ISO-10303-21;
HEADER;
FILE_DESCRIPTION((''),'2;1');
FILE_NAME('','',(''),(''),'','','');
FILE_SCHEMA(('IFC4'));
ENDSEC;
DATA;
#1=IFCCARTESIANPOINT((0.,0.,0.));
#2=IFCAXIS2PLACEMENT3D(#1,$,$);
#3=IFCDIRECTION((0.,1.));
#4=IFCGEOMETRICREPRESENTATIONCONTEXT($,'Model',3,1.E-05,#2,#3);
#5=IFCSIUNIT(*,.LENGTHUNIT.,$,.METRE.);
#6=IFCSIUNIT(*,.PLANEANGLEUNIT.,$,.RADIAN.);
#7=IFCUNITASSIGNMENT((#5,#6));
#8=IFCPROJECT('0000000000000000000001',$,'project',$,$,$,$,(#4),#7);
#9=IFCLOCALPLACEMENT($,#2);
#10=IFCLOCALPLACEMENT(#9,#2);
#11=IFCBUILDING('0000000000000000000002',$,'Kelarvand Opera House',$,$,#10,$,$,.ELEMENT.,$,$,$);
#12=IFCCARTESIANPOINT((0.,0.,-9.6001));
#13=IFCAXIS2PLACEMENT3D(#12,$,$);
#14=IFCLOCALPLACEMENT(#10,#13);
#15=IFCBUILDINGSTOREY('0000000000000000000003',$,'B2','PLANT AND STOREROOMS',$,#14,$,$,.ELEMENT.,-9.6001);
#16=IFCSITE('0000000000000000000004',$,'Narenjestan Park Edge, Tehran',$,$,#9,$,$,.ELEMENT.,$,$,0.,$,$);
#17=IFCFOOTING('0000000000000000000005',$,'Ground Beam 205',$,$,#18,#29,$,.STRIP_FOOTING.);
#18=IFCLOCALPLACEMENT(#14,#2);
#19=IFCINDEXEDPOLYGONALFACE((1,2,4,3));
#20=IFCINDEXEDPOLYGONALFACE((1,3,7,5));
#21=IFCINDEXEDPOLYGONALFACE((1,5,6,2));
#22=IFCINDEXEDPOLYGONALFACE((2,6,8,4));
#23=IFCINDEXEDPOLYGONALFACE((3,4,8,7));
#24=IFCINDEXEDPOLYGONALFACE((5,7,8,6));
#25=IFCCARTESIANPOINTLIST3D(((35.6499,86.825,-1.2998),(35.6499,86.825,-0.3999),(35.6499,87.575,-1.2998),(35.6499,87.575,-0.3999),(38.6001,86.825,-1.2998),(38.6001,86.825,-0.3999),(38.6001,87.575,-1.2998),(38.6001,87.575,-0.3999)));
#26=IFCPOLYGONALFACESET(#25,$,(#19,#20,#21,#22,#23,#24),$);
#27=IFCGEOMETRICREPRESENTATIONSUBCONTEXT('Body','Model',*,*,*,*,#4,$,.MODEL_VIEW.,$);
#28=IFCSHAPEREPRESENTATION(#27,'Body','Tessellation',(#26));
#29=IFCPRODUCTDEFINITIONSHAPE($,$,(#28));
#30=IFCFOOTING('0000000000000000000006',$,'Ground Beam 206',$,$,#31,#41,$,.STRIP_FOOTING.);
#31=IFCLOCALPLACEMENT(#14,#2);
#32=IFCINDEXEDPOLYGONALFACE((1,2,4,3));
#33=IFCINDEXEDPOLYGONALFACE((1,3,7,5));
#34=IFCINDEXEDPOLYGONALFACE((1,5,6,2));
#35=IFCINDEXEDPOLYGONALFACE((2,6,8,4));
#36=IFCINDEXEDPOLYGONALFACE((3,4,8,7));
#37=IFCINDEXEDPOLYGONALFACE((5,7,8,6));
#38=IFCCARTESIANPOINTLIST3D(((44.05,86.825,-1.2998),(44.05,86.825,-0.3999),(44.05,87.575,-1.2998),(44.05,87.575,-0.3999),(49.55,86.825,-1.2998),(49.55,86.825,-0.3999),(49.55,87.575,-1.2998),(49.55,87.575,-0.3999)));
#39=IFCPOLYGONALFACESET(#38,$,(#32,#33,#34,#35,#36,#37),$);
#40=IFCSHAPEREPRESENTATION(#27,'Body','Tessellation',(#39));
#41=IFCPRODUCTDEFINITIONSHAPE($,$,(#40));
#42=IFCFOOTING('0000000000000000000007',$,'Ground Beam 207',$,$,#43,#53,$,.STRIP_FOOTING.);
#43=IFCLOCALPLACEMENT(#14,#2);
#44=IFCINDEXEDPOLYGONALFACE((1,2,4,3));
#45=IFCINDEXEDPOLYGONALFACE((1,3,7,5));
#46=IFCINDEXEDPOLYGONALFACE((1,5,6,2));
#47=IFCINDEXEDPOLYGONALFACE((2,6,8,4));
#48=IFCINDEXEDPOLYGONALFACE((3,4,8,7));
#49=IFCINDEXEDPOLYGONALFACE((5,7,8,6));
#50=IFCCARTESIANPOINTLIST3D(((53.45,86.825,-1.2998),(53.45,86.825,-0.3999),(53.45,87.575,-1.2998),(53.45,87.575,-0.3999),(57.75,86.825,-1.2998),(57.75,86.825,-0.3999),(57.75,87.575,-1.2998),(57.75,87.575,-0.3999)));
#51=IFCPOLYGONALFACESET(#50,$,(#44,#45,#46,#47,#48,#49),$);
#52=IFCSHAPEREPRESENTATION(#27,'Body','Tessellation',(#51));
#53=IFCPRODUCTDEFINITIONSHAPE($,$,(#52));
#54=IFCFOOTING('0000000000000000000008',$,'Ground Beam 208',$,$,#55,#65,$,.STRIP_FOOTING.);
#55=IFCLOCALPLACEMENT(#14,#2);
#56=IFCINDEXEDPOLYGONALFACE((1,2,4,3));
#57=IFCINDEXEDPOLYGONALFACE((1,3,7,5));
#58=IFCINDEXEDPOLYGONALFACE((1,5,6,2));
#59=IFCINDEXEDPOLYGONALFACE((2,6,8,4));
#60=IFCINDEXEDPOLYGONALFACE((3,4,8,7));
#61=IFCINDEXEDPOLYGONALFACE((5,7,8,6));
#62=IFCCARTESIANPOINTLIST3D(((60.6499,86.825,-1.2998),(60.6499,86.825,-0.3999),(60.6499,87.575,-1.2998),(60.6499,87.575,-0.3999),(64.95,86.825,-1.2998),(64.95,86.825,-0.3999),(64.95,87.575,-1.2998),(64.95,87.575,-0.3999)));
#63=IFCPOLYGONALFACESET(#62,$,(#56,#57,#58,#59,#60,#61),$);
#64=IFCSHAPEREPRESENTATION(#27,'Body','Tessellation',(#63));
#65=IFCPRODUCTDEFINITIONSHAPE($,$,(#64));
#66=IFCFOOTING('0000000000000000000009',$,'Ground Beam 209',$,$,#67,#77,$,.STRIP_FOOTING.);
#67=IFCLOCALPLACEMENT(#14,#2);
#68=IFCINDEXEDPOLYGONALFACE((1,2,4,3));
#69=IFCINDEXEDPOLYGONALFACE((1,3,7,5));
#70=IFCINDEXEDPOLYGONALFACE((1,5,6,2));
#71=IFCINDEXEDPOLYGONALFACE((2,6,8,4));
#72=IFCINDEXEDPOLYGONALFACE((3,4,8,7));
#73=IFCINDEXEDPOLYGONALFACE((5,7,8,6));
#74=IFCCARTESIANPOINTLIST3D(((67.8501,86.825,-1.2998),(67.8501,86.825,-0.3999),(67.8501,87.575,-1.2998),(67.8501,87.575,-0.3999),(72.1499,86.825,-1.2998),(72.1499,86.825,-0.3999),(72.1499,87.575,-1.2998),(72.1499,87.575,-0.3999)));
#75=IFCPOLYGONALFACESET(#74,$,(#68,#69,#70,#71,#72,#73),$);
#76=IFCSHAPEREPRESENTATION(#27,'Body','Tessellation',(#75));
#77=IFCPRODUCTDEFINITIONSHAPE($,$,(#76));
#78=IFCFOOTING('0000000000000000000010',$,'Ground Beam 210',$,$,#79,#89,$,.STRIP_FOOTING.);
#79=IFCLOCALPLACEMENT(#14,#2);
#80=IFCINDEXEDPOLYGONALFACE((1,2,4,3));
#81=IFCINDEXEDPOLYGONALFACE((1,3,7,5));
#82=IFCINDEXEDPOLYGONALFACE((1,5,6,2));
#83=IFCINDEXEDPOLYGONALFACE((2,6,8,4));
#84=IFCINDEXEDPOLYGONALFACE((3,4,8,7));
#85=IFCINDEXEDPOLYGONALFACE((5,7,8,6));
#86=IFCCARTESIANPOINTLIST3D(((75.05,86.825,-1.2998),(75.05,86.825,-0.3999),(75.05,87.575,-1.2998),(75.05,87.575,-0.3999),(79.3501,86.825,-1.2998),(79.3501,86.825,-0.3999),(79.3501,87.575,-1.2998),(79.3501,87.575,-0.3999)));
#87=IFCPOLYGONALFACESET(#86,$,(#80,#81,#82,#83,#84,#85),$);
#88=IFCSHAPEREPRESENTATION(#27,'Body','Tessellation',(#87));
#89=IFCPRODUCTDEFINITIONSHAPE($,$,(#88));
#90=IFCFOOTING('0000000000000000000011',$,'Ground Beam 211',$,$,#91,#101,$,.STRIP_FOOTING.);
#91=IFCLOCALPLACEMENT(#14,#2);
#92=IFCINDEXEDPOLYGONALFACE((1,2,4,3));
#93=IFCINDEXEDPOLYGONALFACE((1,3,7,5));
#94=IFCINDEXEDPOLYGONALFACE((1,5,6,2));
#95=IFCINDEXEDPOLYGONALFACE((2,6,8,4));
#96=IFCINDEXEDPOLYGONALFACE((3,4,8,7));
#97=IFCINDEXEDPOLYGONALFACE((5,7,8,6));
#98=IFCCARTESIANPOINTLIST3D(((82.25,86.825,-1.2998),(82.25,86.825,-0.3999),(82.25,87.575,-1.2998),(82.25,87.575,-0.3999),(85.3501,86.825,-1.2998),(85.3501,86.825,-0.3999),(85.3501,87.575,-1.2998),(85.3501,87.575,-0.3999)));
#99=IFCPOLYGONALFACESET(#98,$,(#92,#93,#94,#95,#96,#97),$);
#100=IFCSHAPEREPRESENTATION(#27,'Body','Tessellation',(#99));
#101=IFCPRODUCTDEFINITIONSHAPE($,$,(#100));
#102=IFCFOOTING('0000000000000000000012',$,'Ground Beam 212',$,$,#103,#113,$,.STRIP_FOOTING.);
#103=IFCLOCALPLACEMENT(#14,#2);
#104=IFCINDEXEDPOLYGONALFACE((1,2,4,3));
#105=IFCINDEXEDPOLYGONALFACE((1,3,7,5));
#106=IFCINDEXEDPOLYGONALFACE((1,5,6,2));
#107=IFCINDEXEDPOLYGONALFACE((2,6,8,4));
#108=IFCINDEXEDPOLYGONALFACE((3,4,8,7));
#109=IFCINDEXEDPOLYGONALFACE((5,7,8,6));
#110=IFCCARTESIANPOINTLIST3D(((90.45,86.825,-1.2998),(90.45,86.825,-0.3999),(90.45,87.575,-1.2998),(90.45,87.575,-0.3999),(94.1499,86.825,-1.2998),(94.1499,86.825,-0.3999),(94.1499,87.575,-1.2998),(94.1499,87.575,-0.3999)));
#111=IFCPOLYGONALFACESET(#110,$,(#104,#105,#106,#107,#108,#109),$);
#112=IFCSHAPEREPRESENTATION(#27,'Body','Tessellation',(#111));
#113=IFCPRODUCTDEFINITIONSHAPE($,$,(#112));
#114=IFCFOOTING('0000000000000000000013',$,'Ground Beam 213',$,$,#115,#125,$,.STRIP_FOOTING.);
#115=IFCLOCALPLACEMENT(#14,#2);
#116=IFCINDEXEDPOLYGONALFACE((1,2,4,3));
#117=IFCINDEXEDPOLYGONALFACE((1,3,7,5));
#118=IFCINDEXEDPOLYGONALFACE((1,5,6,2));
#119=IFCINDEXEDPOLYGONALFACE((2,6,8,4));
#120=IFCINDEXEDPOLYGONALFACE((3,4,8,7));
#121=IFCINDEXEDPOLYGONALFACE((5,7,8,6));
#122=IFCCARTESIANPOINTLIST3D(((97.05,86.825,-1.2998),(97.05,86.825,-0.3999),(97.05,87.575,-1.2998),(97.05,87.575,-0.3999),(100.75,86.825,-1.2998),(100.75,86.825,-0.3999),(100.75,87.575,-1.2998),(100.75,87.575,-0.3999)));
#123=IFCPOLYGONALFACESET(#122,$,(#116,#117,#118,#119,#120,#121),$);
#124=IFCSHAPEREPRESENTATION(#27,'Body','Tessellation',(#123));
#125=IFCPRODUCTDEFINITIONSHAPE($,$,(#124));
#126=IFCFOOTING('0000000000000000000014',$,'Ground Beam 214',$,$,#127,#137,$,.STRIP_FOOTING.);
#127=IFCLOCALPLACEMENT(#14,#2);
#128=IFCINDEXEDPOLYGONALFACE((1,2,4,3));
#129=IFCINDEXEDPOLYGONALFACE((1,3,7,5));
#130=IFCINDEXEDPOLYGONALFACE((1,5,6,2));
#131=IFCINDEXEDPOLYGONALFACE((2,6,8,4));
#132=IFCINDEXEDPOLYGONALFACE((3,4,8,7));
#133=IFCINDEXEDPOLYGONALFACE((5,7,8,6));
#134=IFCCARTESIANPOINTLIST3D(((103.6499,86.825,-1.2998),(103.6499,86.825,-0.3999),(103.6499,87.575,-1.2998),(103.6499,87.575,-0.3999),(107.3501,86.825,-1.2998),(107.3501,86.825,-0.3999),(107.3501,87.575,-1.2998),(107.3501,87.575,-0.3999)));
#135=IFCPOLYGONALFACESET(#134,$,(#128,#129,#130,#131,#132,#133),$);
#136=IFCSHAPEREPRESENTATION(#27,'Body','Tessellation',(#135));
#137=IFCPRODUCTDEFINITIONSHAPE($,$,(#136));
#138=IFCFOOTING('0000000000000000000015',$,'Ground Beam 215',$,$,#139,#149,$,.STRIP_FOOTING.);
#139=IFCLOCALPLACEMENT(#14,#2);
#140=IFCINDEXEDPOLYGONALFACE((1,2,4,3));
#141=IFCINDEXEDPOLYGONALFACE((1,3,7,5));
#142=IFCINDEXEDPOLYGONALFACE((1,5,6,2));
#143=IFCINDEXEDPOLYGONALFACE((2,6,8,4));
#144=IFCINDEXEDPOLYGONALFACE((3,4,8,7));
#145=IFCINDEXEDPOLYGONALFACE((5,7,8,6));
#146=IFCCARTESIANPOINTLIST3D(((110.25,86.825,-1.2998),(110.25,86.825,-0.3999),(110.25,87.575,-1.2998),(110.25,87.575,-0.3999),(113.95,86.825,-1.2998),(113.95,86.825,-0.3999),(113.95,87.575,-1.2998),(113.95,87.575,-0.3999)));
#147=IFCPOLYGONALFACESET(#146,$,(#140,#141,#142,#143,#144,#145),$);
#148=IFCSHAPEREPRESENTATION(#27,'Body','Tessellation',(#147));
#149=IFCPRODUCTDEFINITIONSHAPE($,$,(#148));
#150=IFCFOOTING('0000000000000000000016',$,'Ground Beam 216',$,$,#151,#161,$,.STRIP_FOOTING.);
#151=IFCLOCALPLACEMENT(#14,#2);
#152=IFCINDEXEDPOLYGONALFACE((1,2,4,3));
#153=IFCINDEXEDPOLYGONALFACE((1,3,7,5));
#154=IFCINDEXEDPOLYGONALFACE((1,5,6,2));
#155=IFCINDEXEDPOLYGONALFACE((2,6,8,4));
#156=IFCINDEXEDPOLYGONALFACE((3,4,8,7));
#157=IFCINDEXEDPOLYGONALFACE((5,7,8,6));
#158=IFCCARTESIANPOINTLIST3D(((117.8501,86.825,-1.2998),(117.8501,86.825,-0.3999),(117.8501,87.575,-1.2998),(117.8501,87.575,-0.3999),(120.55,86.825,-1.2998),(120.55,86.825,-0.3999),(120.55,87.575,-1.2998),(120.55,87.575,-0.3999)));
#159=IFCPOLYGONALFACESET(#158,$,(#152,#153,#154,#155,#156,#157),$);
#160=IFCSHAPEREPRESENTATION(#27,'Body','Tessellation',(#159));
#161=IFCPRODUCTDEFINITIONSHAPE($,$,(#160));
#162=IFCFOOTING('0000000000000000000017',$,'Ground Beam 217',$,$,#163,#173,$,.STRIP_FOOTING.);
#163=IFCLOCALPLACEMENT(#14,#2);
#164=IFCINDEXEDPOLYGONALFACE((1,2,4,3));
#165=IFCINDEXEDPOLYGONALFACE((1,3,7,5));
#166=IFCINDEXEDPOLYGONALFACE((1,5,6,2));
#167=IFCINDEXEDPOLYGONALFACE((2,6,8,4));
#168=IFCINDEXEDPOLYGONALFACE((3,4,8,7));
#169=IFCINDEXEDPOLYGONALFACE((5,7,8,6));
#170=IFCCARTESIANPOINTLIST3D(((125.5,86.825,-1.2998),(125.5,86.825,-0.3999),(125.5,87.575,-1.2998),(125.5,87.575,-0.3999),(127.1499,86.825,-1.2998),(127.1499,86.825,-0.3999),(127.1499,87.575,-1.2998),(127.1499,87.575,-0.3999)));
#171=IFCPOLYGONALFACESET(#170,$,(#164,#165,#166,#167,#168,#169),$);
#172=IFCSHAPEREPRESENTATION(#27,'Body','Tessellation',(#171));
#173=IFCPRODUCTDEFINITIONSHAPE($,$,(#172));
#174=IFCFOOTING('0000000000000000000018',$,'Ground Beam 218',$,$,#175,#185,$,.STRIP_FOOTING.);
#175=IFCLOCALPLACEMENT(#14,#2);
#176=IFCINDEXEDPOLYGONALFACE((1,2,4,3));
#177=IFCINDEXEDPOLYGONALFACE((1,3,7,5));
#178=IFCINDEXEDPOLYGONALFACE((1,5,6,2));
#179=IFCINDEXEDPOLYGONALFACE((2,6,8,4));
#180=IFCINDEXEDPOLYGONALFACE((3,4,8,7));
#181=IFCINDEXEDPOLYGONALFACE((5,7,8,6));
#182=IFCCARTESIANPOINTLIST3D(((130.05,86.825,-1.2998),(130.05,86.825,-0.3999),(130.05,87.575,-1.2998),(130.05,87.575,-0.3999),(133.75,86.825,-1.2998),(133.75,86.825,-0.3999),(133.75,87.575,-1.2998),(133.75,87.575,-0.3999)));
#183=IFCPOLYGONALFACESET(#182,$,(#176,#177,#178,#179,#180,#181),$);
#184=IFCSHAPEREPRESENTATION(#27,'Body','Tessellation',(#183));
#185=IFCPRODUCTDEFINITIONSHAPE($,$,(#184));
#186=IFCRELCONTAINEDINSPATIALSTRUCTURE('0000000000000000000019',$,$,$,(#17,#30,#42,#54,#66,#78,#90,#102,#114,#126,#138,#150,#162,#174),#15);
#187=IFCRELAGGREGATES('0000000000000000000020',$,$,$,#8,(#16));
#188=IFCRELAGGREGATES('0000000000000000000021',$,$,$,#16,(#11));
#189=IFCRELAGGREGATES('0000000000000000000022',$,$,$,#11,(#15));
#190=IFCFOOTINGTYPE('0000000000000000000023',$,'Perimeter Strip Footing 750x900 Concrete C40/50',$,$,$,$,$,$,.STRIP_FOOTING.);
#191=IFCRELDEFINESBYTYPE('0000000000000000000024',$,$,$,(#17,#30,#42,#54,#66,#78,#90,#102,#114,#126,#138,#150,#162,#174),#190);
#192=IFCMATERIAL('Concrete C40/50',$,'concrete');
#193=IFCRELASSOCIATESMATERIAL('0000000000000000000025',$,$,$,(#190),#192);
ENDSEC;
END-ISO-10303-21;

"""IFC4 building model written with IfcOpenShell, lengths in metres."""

from ifc_helpers import new_model, si_unit, direction, frame, origin, place, context, subcontext, project, spatial, polyline, outline, extrude, material, type_object, element, save


model = new_model("IFC4")

# Units and contexts
model_context = context("Model", 3, precision=1e-05, world=origin(), true_north=direction((0.0, 1.0)))
body_context = subcontext(model_context, "Body", "Model", "MODEL_VIEW")
ifc_project = project(units=[si_unit("LENGTHUNIT", "METRE"), si_unit("PLANEANGLEUNIT", "RADIAN")], contexts=[model_context])

# Site, building, storey
site_placement = place(None, origin())
site = spatial("IfcSite", under=ifc_project, at=site_placement, Name="Narenjestan Park Edge, Tehran", CompositionType="ELEMENT", RefElevation=0.0)
building_placement = place(site_placement, origin())
building = spatial("IfcBuilding", under=site, at=building_placement, Name="Kelarvand Opera House", CompositionType="ELEMENT")
storey_placement = place(building_placement, frame((0.0, 0.0, -9.6001)))
storey = spatial("IfcBuildingStorey", under=building, at=storey_placement, Name="B2", Description="PLANT AND STOREROOMS", CompositionType="ELEMENT", Elevation=-9.6001)

# Footings
ifc_material = material(Name="Concrete C40/50", Category="concrete")
footing_type_1 = type_object("IfcFootingType", Name="Perimeter Strip Footing 750x900 Concrete C40/50", PredefinedType="STRIP_FOOTING", material=ifc_material)
footing_1_placement = place(storey_placement, frame((0.0, 0.0, -1.2998)))
element("IfcFooting", 1, at=footing_1_placement, inside=storey, type_object=footing_type_1, Name="Ground Beam 205", PredefinedType="STRIP_FOOTING", context=body_context, shape_type="SweptSolid", body=[
    extrude(outline(polyline([(35.6499, 86.825), (38.6001, 86.825), (38.6001, 87.575), (35.6499, 87.575), (35.6499, 86.825)])), origin(), (0.0, 0.0, 1.0), 0.8999),
])
footing_2_placement = place(storey_placement, frame((0.0, 0.0, -1.2998)))
element("IfcFooting", 2, at=footing_2_placement, inside=storey, type_object=footing_type_1, Name="Ground Beam 206", PredefinedType="STRIP_FOOTING", context=body_context, shape_type="SweptSolid", body=[
    extrude(outline(polyline([(44.05, 86.825), (49.55, 86.825), (49.55, 87.575), (44.05, 87.575), (44.05, 86.825)])), origin(), (0.0, 0.0, 1.0), 0.8999),
])
footing_3_placement = place(storey_placement, frame((0.0, 0.0, -1.2998)))
element("IfcFooting", 3, at=footing_3_placement, inside=storey, type_object=footing_type_1, Name="Ground Beam 207", PredefinedType="STRIP_FOOTING", context=body_context, shape_type="SweptSolid", body=[
    extrude(outline(polyline([(53.45, 86.825), (57.75, 86.825), (57.75, 87.575), (53.45, 87.575), (53.45, 86.825)])), origin(), (0.0, 0.0, 1.0), 0.8999),
])
footing_4_placement = place(storey_placement, frame((0.0, 0.0, -1.2998)))
element("IfcFooting", 4, at=footing_4_placement, inside=storey, type_object=footing_type_1, Name="Ground Beam 208", PredefinedType="STRIP_FOOTING", context=body_context, shape_type="SweptSolid", body=[
    extrude(outline(polyline([(60.6499, 86.825), (64.95, 86.825), (64.95, 87.575), (60.6499, 87.575), (60.6499, 86.825)])), origin(), (0.0, 0.0, 1.0), 0.8999),
])
footing_5_placement = place(storey_placement, frame((0.0, 0.0, -1.2998)))
element("IfcFooting", 5, at=footing_5_placement, inside=storey, type_object=footing_type_1, Name="Ground Beam 209", PredefinedType="STRIP_FOOTING", context=body_context, shape_type="SweptSolid", body=[
    extrude(outline(polyline([(67.8501, 86.825), (72.1499, 86.825), (72.1499, 87.575), (67.8501, 87.575), (67.8501, 86.825)])), origin(), (0.0, 0.0, 1.0), 0.8999),
])
footing_6_placement = place(storey_placement, frame((0.0, 0.0, -1.2998)))
element("IfcFooting", 6, at=footing_6_placement, inside=storey, type_object=footing_type_1, Name="Ground Beam 210", PredefinedType="STRIP_FOOTING", context=body_context, shape_type="SweptSolid", body=[
    extrude(outline(polyline([(75.05, 86.825), (79.3501, 86.825), (79.3501, 87.575), (75.05, 87.575), (75.05, 86.825)])), origin(), (0.0, 0.0, 1.0), 0.8999),
])
footing_7_placement = place(storey_placement, frame((0.0, 0.0, -1.2998)))
element("IfcFooting", 7, at=footing_7_placement, inside=storey, type_object=footing_type_1, Name="Ground Beam 211", PredefinedType="STRIP_FOOTING", context=body_context, shape_type="SweptSolid", body=[
    extrude(outline(polyline([(82.25, 86.825), (85.3501, 86.825), (85.3501, 87.575), (82.25, 87.575), (82.25, 86.825)])), origin(), (0.0, 0.0, 1.0), 0.8999),
])
footing_8_placement = place(storey_placement, frame((0.0, 0.0, -1.2998)))
element("IfcFooting", 8, at=footing_8_placement, inside=storey, type_object=footing_type_1, Name="Ground Beam 212", PredefinedType="STRIP_FOOTING", context=body_context, shape_type="SweptSolid", body=[
    extrude(outline(polyline([(90.45, 86.825), (94.1499, 86.825), (94.1499, 87.575), (90.45, 87.575), (90.45, 86.825)])), origin(), (0.0, 0.0, 1.0), 0.8999),
])
footing_9_placement = place(storey_placement, frame((0.0, 0.0, -1.2998)))
element("IfcFooting", 9, at=footing_9_placement, inside=storey, type_object=footing_type_1, Name="Ground Beam 213", PredefinedType="STRIP_FOOTING", context=body_context, shape_type="SweptSolid", body=[
    extrude(outline(polyline([(97.05, 86.825), (100.75, 86.825), (100.75, 87.575), (97.05, 87.575), (97.05, 86.825)])), origin(), (0.0, 0.0, 1.0), 0.8999),
])
footing_10_placement = place(storey_placement, frame((0.0, 0.0, -1.2998)))
element("IfcFooting", 10, at=footing_10_placement, inside=storey, type_object=footing_type_1, Name="Ground Beam 214", PredefinedType="STRIP_FOOTING", context=body_context, shape_type="SweptSolid", body=[
    extrude(outline(polyline([(103.6499, 86.825), (107.3501, 86.825), (107.3501, 87.575), (103.6499, 87.575), (103.6499, 86.825)])), origin(), (0.0, 0.0, 1.0), 0.8999),
])
footing_11_placement = place(storey_placement, frame((0.0, 0.0, -1.2998)))
element("IfcFooting", 11, at=footing_11_placement, inside=storey, type_object=footing_type_1, Name="Ground Beam 215", PredefinedType="STRIP_FOOTING", context=body_context, shape_type="SweptSolid", body=[
    extrude(outline(polyline([(110.25, 86.825), (113.95, 86.825), (113.95, 87.575), (110.25, 87.575), (110.25, 86.825)])), origin(), (0.0, 0.0, 1.0), 0.8999),
])
footing_12_placement = place(storey_placement, frame((0.0, 0.0, -1.2998)))
element("IfcFooting", 12, at=footing_12_placement, inside=storey, type_object=footing_type_1, Name="Ground Beam 216", PredefinedType="STRIP_FOOTING", context=body_context, shape_type="SweptSolid", body=[
    extrude(outline(polyline([(117.8501, 86.825), (120.55, 86.825), (120.55, 87.575), (117.8501, 87.575), (117.8501, 86.825)])), origin(), (0.0, 0.0, 1.0), 0.8999),
])
footing_13_placement = place(storey_placement, frame((0.0, 0.0, -1.2998)))
element("IfcFooting", 13, at=footing_13_placement, inside=storey, type_object=footing_type_1, Name="Ground Beam 217", PredefinedType="STRIP_FOOTING", context=body_context, shape_type="SweptSolid", body=[
    extrude(outline(polyline([(125.5, 86.825), (127.1499, 86.825), (127.1499, 87.575), (125.5, 87.575), (125.5, 86.825)])), origin(), (0.0, 0.0, 1.0), 0.8999),
])
footing_14_placement = place(storey_placement, frame((0.0, 0.0, -1.2998)))
element("IfcFooting", 14, at=footing_14_placement, inside=storey, type_object=footing_type_1, Name="Ground Beam 218", PredefinedType="STRIP_FOOTING", context=body_context, shape_type="SweptSolid", body=[
    extrude(outline(polyline([(130.05, 86.825), (133.75, 86.825), (133.75, 87.575), (130.05, 87.575), (130.05, 86.825)])), origin(), (0.0, 0.0, 1.0), 0.8999),
])

save(model, "model.ifc")
